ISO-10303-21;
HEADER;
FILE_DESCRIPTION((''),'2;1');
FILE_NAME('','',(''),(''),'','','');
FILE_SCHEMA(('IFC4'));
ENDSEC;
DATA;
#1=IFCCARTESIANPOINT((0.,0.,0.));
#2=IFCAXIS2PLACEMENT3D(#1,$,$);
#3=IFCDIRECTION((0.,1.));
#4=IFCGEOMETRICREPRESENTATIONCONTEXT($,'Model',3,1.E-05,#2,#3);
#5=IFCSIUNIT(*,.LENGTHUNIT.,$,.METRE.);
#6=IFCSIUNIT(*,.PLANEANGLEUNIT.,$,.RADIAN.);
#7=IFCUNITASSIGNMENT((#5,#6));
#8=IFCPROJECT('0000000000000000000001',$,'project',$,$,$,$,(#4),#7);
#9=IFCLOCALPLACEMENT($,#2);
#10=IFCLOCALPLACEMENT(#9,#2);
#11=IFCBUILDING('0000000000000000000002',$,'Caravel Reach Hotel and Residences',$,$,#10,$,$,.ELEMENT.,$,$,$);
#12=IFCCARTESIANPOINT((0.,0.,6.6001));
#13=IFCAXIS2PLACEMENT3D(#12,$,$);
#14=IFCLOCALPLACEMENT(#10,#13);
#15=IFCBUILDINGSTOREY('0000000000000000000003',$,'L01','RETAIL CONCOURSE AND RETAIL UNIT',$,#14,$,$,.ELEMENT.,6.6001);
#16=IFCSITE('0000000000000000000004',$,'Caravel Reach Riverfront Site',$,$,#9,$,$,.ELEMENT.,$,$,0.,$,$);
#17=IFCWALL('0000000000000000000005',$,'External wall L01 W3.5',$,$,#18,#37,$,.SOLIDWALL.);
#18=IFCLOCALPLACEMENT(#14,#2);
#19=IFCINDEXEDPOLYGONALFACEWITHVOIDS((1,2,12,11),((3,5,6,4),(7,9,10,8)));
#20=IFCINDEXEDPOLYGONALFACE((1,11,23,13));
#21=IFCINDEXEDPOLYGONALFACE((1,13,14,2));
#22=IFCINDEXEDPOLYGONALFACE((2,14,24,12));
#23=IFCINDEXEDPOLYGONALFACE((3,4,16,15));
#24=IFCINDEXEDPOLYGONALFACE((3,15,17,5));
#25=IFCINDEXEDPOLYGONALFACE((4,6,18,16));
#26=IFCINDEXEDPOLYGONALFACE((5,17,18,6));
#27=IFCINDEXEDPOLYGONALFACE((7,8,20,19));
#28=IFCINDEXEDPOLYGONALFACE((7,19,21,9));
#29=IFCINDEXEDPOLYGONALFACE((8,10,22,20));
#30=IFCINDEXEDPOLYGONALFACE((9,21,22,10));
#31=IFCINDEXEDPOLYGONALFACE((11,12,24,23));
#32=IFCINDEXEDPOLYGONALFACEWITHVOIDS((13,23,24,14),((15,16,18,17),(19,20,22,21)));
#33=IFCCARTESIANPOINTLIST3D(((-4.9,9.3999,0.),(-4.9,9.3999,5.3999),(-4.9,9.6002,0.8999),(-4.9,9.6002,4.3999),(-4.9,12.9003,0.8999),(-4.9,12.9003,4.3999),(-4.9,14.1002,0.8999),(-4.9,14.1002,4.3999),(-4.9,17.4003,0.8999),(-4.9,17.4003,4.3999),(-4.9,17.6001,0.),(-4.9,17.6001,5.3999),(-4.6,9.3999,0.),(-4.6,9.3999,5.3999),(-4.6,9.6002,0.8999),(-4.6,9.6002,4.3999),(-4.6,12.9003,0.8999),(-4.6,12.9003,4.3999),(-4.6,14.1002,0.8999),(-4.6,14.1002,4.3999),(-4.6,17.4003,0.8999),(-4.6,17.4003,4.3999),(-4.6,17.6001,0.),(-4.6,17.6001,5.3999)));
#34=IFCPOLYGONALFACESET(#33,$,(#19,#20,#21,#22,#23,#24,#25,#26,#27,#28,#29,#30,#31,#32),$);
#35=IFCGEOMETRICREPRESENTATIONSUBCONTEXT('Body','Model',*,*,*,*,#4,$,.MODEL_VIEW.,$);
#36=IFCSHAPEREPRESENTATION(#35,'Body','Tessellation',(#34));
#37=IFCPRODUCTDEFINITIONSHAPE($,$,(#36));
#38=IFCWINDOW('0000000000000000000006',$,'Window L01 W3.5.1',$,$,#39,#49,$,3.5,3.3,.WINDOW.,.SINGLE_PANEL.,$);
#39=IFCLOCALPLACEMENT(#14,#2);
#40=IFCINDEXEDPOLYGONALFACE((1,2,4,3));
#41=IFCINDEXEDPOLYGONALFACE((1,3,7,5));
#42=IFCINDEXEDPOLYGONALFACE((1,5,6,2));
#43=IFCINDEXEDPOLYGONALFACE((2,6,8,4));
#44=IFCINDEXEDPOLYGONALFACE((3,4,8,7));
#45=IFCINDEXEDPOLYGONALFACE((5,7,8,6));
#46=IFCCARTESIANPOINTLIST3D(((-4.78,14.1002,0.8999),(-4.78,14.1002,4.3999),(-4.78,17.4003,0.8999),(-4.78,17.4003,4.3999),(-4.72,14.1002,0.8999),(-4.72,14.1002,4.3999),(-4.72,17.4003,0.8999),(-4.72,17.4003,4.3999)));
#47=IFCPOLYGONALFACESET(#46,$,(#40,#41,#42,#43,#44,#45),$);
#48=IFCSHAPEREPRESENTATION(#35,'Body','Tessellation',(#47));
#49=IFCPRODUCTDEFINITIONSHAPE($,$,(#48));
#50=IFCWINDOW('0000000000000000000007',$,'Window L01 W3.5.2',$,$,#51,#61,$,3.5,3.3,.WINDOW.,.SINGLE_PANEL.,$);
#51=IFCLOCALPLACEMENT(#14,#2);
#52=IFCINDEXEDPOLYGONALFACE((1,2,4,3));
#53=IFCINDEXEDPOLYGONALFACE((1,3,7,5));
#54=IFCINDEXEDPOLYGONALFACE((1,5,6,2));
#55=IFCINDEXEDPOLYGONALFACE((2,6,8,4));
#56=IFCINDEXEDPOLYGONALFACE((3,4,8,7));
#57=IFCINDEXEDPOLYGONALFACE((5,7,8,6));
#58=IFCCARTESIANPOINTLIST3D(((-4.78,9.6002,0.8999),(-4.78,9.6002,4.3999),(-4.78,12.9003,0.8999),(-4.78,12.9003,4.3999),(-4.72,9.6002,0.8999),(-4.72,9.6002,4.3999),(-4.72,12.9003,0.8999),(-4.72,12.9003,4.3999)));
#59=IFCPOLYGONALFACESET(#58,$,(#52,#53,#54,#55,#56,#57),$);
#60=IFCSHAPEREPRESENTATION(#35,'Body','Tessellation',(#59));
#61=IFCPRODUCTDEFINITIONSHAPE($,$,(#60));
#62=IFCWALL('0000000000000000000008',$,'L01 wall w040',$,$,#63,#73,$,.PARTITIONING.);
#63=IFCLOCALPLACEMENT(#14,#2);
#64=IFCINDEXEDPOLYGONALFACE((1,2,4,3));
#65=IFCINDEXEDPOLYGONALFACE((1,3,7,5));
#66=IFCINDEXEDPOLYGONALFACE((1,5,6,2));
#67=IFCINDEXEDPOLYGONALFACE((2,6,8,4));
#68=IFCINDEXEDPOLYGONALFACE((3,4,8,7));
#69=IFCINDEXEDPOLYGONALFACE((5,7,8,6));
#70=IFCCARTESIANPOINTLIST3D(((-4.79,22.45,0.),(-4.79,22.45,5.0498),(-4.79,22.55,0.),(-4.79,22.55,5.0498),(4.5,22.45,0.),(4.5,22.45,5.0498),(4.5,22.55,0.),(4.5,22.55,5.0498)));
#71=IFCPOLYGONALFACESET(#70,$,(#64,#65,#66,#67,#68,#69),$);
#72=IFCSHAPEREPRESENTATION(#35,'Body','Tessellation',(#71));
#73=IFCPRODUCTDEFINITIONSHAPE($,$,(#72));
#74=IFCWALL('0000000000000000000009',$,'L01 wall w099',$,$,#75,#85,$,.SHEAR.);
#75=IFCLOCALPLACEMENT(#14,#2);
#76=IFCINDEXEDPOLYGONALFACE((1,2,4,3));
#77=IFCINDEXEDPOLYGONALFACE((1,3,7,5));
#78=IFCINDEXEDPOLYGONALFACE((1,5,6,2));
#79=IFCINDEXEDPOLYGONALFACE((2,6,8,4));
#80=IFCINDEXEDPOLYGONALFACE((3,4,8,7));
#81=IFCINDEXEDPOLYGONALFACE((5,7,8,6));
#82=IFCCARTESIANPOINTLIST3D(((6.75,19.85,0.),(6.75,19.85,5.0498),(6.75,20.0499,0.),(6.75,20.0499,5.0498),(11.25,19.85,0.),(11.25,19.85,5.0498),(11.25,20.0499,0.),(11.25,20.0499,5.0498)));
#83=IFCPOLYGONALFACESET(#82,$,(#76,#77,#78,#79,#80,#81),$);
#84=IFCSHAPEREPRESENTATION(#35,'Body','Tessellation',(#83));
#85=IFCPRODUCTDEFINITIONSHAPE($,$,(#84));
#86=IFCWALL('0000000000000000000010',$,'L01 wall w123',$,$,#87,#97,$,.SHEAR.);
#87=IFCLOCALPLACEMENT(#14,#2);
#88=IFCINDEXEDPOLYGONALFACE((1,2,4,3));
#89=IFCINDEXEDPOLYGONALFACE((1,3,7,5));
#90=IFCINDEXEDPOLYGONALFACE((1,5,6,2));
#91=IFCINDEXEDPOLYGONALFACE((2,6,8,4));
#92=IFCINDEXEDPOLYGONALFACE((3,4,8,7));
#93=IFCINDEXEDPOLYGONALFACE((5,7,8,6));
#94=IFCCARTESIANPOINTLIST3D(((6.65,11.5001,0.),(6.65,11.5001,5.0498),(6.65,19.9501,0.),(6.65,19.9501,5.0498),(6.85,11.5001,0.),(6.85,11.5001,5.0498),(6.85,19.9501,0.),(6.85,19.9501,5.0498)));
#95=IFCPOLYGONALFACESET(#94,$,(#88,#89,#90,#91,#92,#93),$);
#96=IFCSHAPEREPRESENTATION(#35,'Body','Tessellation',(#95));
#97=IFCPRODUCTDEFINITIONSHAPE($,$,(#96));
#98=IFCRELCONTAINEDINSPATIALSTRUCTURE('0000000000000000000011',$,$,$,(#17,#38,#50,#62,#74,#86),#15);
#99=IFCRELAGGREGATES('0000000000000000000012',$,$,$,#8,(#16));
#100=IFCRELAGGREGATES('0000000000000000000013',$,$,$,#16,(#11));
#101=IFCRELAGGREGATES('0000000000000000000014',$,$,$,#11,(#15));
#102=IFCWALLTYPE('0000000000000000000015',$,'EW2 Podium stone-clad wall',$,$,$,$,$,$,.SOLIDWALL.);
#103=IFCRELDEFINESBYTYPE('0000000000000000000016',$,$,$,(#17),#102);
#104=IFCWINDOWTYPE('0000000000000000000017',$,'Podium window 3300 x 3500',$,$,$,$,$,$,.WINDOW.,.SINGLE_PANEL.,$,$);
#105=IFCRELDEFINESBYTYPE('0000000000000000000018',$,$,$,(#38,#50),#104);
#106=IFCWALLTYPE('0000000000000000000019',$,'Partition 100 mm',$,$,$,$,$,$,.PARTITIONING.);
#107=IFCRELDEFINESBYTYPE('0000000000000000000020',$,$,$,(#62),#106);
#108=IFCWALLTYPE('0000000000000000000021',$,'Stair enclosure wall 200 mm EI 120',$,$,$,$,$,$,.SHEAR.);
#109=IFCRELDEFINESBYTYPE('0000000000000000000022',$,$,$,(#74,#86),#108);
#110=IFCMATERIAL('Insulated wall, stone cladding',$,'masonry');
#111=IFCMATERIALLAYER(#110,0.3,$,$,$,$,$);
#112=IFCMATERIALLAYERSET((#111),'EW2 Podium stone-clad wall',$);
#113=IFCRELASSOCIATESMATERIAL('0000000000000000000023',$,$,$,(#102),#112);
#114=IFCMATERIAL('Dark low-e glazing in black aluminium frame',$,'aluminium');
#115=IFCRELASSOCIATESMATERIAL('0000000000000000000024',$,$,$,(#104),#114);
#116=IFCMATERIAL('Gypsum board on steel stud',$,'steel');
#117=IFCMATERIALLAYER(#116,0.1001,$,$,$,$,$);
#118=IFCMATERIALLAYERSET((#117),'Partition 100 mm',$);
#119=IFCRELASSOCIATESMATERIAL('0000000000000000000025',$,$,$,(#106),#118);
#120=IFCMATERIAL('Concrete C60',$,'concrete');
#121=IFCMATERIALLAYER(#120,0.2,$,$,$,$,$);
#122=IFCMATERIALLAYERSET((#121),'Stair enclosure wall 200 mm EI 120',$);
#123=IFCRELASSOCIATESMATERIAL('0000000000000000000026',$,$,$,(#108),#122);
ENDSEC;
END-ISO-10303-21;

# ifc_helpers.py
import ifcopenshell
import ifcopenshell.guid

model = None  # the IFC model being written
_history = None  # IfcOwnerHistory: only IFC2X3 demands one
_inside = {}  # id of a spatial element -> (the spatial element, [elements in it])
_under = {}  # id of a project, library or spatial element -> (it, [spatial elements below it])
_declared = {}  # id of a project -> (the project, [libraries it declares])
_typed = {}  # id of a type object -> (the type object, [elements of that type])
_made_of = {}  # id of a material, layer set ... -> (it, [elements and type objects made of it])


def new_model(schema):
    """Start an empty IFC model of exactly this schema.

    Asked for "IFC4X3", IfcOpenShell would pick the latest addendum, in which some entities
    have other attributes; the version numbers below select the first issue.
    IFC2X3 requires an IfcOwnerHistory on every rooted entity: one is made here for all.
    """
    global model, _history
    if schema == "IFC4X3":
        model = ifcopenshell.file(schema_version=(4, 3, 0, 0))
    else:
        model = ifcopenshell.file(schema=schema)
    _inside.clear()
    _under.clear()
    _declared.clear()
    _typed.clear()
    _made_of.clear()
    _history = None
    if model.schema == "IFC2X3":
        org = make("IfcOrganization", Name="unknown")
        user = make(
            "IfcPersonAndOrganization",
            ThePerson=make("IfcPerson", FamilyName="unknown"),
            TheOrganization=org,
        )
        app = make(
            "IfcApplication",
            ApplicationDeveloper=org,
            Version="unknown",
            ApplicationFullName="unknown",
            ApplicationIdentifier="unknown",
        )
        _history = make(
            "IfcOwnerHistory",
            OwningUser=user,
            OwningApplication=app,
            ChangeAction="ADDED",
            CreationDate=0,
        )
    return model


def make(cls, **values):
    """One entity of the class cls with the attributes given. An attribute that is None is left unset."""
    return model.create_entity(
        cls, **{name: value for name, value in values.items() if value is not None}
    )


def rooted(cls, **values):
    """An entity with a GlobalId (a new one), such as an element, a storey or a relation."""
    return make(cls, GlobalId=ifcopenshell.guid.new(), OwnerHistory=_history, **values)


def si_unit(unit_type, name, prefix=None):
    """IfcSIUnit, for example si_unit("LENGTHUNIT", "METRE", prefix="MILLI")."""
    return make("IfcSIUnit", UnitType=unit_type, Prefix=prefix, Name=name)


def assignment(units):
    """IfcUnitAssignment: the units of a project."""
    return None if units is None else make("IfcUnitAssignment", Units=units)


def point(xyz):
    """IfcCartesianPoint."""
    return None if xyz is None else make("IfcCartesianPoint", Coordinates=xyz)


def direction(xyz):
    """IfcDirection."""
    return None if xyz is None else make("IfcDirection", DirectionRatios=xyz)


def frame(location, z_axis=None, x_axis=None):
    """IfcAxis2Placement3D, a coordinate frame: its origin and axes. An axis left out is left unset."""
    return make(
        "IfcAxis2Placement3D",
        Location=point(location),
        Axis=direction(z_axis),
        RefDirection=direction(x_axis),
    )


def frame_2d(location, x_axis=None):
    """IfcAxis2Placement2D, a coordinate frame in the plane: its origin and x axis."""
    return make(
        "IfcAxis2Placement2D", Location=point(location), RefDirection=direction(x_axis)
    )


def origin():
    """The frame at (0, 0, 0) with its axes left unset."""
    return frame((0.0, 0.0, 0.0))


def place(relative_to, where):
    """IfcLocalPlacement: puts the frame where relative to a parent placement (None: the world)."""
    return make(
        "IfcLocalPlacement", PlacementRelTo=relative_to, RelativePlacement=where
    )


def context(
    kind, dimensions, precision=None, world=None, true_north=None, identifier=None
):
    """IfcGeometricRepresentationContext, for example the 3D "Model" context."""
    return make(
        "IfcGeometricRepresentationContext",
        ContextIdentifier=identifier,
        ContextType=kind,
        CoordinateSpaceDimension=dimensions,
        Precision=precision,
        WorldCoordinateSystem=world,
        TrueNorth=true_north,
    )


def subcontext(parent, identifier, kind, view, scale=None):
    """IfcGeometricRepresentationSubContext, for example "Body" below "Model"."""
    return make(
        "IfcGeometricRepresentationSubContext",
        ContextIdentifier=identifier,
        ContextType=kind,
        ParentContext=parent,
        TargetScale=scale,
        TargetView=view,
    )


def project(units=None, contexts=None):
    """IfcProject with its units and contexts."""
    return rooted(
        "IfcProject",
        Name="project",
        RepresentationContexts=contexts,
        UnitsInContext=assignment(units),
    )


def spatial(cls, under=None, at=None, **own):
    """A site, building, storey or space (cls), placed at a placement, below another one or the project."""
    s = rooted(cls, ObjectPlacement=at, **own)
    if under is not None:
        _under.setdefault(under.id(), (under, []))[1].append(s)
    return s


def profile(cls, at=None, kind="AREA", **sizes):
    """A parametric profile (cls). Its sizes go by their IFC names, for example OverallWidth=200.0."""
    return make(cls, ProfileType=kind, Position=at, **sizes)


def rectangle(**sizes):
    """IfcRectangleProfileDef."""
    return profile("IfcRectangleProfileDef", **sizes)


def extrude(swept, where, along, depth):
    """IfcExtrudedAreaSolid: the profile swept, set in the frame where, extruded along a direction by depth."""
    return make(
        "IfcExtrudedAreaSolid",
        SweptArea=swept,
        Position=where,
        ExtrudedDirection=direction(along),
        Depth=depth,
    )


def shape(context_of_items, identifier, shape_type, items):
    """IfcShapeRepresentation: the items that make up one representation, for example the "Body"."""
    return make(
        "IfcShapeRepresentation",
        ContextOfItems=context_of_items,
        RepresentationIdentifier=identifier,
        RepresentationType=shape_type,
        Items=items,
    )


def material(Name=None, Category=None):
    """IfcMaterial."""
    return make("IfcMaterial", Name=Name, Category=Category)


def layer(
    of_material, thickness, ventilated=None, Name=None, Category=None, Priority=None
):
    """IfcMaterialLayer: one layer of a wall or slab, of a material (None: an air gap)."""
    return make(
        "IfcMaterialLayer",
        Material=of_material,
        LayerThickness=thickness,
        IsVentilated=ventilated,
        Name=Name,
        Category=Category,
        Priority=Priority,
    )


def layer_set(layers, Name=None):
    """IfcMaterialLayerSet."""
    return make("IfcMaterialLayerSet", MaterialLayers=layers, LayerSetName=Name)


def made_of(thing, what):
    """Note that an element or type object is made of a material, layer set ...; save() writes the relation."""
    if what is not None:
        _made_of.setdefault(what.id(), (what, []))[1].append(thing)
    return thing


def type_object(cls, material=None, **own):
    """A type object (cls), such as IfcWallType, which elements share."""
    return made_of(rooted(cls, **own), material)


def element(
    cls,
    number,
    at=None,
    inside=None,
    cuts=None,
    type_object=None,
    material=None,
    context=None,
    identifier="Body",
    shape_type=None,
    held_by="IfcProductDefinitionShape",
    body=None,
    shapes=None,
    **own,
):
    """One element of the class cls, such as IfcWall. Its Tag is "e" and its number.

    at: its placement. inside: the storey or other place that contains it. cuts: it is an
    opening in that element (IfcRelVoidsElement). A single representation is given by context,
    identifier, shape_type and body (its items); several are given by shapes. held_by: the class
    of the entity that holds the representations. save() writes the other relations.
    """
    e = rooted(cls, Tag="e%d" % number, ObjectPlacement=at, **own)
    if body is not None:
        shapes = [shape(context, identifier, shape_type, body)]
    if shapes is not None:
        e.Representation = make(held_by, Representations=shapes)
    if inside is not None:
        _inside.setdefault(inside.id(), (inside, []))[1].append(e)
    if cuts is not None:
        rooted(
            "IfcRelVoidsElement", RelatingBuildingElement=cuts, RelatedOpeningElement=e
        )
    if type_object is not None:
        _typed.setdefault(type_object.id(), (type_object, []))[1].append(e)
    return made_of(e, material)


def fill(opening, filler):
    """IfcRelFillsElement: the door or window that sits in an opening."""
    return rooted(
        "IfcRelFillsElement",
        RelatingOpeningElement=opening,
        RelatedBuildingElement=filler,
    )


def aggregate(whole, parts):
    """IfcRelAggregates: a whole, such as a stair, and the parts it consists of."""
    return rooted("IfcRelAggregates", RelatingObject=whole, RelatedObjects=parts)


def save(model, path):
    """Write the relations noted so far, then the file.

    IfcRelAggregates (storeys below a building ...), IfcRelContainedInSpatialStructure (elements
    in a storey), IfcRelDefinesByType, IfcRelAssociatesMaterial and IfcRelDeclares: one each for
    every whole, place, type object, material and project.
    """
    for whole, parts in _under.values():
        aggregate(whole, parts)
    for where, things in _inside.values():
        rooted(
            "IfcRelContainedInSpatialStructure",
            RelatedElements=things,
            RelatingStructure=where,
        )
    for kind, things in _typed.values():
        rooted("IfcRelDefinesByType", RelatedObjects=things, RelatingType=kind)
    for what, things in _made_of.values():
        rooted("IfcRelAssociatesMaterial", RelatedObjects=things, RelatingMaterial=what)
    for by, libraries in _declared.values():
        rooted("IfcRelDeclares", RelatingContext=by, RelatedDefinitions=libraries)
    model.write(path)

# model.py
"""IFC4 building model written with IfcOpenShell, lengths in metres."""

from ifc_helpers import new_model, si_unit, direction, frame, frame_2d, origin, place, context, subcontext, project, spatial, rectangle, extrude, material, layer, layer_set, type_object, element, fill, save


model = new_model("IFC4")

# Units and contexts
model_context = context("Model", 3, precision=1e-05, world=origin(), true_north=direction((0.0, 1.0)))
body_context = subcontext(model_context, "Body", "Model", "MODEL_VIEW")
ifc_project = project(units=[si_unit("LENGTHUNIT", "METRE"), si_unit("PLANEANGLEUNIT", "RADIAN")], contexts=[model_context])

# Site, building, storey
site_placement = place(None, origin())
site = spatial("IfcSite", under=ifc_project, at=site_placement, Name="Caravel Reach Riverfront Site", CompositionType="ELEMENT", RefElevation=0.0)
building_placement = place(site_placement, origin())
building = spatial("IfcBuilding", under=site, at=building_placement, Name="Caravel Reach Hotel and Residences", CompositionType="ELEMENT")
storey_placement = place(building_placement, frame((0.0, 0.0, 6.6001)))
storey = spatial("IfcBuildingStorey", under=building, at=storey_placement, Name="L01", Description="RETAIL CONCOURSE AND RETAIL UNIT", CompositionType="ELEMENT", Elevation=6.6001)

# Wall, openings, windows
ifc_material_1 = material(Name="Insulated wall, stone cladding", Category="masonry")
ifc_layer_1 = layer(ifc_material_1, 0.3)
ifc_layer_set_1 = layer_set([ifc_layer_1], Name="EW2 Podium stone-clad wall")
wall_type_1 = type_object("IfcWallType", Name="EW2 Podium stone-clad wall", PredefinedType="SOLIDWALL", material=ifc_layer_set_1)
wall_1_placement = place(storey_placement, frame((-4.75, 17.6001, 0.0), z_axis=(0.0, 0.0, 1.0), x_axis=(0.0, -1.0, 0.0)))
wall_1 = element("IfcWall", 1, at=wall_1_placement, inside=storey, type_object=wall_type_1, Name="External wall L01 W3.5", PredefinedType="SOLIDWALL", context=body_context, shape_type="SweptSolid", body=[
    extrude(rectangle(XDim=8.2002, YDim=0.3, at=frame_2d((4.1001, 0.0))), origin(), (0.0, 0.0, 1.0), 5.3999),
])
opening_1_placement = place(wall_1_placement, frame((0.2, 0.0, 0.8999)))
opening_1 = element("IfcOpeningElement", 2, at=opening_1_placement, cuts=wall_1, PredefinedType="OPENING", context=body_context, shape_type="SweptSolid", body=[
    extrude(rectangle(XDim=3.3, YDim=3.5, at=frame_2d((1.6499, 1.75))), frame((0.0, 0.1599, 0.0), z_axis=(0.0, -1.0, 0.0), x_axis=(1.0, 0.0, 0.0)), (0.0, 0.0, 1.0), 0.3201),
])
opening_2_placement = place(wall_1_placement, frame((4.7, 0.0, 0.8999)))
opening_2 = element("IfcOpeningElement", 3, at=opening_2_placement, cuts=wall_1, PredefinedType="OPENING", context=body_context, shape_type="SweptSolid", body=[
    extrude(rectangle(XDim=3.3, YDim=3.5, at=frame_2d((1.6499, 1.75))), frame((0.0, 0.1599, 0.0), z_axis=(0.0, -1.0, 0.0), x_axis=(1.0, 0.0, 0.0)), (0.0, 0.0, 1.0), 0.3201),
])
ifc_material_2 = material(Name="Dark low-e glazing in black aluminium frame", Category="aluminium")
window_type = type_object("IfcWindowType", Name="Podium window 3300 x 3500", PartitioningType="SINGLE_PANEL", PredefinedType="WINDOW", material=ifc_material_2)
window_1_placement = place(opening_1_placement, origin())
window_1 = element("IfcWindow", 4, at=window_1_placement, inside=storey, type_object=window_type, Name="Window L01 W3.5.1", OverallHeight=3.5, OverallWidth=3.3, PartitioningType="SINGLE_PANEL", PredefinedType="WINDOW", context=body_context, shape_type="SweptSolid", body=[
    extrude(rectangle(XDim=3.3, YDim=3.5, at=frame_2d((1.6499, 1.75))), frame((0.0, 0.03, 0.0), z_axis=(0.0, -1.0, 0.0), x_axis=(1.0, 0.0, 0.0)), (0.0, 0.0, 1.0), 0.0601),
])
fill(opening_1, window_1)
window_2_placement = place(opening_2_placement, origin())
window_2 = element("IfcWindow", 5, at=window_2_placement, inside=storey, type_object=window_type, Name="Window L01 W3.5.2", OverallHeight=3.5, OverallWidth=3.3, PartitioningType="SINGLE_PANEL", PredefinedType="WINDOW", context=body_context, shape_type="SweptSolid", body=[
    extrude(rectangle(XDim=3.3, YDim=3.5, at=frame_2d((1.6499, 1.75))), frame((0.0, 0.03, 0.0), z_axis=(0.0, -1.0, 0.0), x_axis=(1.0, 0.0, 0.0)), (0.0, 0.0, 1.0), 0.0601),
])
fill(opening_2, window_2)

# Walls
ifc_material_3 = material(Name="Gypsum board on steel stud", Category="steel")
ifc_layer_2 = layer(ifc_material_3, 0.1001)
ifc_layer_set_2 = layer_set([ifc_layer_2], Name="Partition 100 mm")
wall_type_2 = type_object("IfcWallType", Name="Partition 100 mm", PredefinedType="PARTITIONING", material=ifc_layer_set_2)
wall_2_placement = place(storey_placement, frame((-4.79, 22.5, 0.0), z_axis=(0.0, 0.0, 1.0), x_axis=(1.0, 0.0, 0.0)))
element("IfcWall", 6, at=wall_2_placement, inside=storey, type_object=wall_type_2, Name="L01 wall w040", PredefinedType="PARTITIONING", context=body_context, shape_type="SweptSolid", body=[
    extrude(rectangle(XDim=9.29, YDim=0.1001, at=frame_2d((4.645, 0.0))), origin(), (0.0, 0.0, 1.0), 5.0498),
])
ifc_material_4 = material(Name="Concrete C60", Category="concrete")
ifc_layer_3 = layer(ifc_material_4, 0.2)
ifc_layer_set_3 = layer_set([ifc_layer_3], Name="Stair enclosure wall 200 mm EI 120")
wall_type_3 = type_object("IfcWallType", Name="Stair enclosure wall 200 mm EI 120", PredefinedType="SHEAR", material=ifc_layer_set_3)
wall_3_placement = place(storey_placement, frame((6.75, 19.95, 0.0), z_axis=(0.0, 0.0, 1.0), x_axis=(1.0, 0.0, 0.0)))
element("IfcWall", 7, at=wall_3_placement, inside=storey, type_object=wall_type_3, Name="L01 wall w099", PredefinedType="SHEAR", context=body_context, shape_type="SweptSolid", body=[
    extrude(rectangle(XDim=4.5, YDim=0.2, at=frame_2d((2.25, 0.0))), origin(), (0.0, 0.0, 1.0), 5.0498),
])
wall_4_placement = place(storey_placement, frame((6.75, 11.5, 0.0), z_axis=(0.0, 0.0, 1.0), x_axis=(0.0, 1.0, 0.0)))
element("IfcWall", 8, at=wall_4_placement, inside=storey, type_object=wall_type_3, Name="L01 wall w123", PredefinedType="SHEAR", context=body_context, shape_type="SweptSolid", body=[
    extrude(rectangle(XDim=8.45, YDim=0.2, at=frame_2d((4.2251, 0.0))), origin(), (0.0, 0.0, 1.0), 5.0498),
])

save(model, "model.ifc")
